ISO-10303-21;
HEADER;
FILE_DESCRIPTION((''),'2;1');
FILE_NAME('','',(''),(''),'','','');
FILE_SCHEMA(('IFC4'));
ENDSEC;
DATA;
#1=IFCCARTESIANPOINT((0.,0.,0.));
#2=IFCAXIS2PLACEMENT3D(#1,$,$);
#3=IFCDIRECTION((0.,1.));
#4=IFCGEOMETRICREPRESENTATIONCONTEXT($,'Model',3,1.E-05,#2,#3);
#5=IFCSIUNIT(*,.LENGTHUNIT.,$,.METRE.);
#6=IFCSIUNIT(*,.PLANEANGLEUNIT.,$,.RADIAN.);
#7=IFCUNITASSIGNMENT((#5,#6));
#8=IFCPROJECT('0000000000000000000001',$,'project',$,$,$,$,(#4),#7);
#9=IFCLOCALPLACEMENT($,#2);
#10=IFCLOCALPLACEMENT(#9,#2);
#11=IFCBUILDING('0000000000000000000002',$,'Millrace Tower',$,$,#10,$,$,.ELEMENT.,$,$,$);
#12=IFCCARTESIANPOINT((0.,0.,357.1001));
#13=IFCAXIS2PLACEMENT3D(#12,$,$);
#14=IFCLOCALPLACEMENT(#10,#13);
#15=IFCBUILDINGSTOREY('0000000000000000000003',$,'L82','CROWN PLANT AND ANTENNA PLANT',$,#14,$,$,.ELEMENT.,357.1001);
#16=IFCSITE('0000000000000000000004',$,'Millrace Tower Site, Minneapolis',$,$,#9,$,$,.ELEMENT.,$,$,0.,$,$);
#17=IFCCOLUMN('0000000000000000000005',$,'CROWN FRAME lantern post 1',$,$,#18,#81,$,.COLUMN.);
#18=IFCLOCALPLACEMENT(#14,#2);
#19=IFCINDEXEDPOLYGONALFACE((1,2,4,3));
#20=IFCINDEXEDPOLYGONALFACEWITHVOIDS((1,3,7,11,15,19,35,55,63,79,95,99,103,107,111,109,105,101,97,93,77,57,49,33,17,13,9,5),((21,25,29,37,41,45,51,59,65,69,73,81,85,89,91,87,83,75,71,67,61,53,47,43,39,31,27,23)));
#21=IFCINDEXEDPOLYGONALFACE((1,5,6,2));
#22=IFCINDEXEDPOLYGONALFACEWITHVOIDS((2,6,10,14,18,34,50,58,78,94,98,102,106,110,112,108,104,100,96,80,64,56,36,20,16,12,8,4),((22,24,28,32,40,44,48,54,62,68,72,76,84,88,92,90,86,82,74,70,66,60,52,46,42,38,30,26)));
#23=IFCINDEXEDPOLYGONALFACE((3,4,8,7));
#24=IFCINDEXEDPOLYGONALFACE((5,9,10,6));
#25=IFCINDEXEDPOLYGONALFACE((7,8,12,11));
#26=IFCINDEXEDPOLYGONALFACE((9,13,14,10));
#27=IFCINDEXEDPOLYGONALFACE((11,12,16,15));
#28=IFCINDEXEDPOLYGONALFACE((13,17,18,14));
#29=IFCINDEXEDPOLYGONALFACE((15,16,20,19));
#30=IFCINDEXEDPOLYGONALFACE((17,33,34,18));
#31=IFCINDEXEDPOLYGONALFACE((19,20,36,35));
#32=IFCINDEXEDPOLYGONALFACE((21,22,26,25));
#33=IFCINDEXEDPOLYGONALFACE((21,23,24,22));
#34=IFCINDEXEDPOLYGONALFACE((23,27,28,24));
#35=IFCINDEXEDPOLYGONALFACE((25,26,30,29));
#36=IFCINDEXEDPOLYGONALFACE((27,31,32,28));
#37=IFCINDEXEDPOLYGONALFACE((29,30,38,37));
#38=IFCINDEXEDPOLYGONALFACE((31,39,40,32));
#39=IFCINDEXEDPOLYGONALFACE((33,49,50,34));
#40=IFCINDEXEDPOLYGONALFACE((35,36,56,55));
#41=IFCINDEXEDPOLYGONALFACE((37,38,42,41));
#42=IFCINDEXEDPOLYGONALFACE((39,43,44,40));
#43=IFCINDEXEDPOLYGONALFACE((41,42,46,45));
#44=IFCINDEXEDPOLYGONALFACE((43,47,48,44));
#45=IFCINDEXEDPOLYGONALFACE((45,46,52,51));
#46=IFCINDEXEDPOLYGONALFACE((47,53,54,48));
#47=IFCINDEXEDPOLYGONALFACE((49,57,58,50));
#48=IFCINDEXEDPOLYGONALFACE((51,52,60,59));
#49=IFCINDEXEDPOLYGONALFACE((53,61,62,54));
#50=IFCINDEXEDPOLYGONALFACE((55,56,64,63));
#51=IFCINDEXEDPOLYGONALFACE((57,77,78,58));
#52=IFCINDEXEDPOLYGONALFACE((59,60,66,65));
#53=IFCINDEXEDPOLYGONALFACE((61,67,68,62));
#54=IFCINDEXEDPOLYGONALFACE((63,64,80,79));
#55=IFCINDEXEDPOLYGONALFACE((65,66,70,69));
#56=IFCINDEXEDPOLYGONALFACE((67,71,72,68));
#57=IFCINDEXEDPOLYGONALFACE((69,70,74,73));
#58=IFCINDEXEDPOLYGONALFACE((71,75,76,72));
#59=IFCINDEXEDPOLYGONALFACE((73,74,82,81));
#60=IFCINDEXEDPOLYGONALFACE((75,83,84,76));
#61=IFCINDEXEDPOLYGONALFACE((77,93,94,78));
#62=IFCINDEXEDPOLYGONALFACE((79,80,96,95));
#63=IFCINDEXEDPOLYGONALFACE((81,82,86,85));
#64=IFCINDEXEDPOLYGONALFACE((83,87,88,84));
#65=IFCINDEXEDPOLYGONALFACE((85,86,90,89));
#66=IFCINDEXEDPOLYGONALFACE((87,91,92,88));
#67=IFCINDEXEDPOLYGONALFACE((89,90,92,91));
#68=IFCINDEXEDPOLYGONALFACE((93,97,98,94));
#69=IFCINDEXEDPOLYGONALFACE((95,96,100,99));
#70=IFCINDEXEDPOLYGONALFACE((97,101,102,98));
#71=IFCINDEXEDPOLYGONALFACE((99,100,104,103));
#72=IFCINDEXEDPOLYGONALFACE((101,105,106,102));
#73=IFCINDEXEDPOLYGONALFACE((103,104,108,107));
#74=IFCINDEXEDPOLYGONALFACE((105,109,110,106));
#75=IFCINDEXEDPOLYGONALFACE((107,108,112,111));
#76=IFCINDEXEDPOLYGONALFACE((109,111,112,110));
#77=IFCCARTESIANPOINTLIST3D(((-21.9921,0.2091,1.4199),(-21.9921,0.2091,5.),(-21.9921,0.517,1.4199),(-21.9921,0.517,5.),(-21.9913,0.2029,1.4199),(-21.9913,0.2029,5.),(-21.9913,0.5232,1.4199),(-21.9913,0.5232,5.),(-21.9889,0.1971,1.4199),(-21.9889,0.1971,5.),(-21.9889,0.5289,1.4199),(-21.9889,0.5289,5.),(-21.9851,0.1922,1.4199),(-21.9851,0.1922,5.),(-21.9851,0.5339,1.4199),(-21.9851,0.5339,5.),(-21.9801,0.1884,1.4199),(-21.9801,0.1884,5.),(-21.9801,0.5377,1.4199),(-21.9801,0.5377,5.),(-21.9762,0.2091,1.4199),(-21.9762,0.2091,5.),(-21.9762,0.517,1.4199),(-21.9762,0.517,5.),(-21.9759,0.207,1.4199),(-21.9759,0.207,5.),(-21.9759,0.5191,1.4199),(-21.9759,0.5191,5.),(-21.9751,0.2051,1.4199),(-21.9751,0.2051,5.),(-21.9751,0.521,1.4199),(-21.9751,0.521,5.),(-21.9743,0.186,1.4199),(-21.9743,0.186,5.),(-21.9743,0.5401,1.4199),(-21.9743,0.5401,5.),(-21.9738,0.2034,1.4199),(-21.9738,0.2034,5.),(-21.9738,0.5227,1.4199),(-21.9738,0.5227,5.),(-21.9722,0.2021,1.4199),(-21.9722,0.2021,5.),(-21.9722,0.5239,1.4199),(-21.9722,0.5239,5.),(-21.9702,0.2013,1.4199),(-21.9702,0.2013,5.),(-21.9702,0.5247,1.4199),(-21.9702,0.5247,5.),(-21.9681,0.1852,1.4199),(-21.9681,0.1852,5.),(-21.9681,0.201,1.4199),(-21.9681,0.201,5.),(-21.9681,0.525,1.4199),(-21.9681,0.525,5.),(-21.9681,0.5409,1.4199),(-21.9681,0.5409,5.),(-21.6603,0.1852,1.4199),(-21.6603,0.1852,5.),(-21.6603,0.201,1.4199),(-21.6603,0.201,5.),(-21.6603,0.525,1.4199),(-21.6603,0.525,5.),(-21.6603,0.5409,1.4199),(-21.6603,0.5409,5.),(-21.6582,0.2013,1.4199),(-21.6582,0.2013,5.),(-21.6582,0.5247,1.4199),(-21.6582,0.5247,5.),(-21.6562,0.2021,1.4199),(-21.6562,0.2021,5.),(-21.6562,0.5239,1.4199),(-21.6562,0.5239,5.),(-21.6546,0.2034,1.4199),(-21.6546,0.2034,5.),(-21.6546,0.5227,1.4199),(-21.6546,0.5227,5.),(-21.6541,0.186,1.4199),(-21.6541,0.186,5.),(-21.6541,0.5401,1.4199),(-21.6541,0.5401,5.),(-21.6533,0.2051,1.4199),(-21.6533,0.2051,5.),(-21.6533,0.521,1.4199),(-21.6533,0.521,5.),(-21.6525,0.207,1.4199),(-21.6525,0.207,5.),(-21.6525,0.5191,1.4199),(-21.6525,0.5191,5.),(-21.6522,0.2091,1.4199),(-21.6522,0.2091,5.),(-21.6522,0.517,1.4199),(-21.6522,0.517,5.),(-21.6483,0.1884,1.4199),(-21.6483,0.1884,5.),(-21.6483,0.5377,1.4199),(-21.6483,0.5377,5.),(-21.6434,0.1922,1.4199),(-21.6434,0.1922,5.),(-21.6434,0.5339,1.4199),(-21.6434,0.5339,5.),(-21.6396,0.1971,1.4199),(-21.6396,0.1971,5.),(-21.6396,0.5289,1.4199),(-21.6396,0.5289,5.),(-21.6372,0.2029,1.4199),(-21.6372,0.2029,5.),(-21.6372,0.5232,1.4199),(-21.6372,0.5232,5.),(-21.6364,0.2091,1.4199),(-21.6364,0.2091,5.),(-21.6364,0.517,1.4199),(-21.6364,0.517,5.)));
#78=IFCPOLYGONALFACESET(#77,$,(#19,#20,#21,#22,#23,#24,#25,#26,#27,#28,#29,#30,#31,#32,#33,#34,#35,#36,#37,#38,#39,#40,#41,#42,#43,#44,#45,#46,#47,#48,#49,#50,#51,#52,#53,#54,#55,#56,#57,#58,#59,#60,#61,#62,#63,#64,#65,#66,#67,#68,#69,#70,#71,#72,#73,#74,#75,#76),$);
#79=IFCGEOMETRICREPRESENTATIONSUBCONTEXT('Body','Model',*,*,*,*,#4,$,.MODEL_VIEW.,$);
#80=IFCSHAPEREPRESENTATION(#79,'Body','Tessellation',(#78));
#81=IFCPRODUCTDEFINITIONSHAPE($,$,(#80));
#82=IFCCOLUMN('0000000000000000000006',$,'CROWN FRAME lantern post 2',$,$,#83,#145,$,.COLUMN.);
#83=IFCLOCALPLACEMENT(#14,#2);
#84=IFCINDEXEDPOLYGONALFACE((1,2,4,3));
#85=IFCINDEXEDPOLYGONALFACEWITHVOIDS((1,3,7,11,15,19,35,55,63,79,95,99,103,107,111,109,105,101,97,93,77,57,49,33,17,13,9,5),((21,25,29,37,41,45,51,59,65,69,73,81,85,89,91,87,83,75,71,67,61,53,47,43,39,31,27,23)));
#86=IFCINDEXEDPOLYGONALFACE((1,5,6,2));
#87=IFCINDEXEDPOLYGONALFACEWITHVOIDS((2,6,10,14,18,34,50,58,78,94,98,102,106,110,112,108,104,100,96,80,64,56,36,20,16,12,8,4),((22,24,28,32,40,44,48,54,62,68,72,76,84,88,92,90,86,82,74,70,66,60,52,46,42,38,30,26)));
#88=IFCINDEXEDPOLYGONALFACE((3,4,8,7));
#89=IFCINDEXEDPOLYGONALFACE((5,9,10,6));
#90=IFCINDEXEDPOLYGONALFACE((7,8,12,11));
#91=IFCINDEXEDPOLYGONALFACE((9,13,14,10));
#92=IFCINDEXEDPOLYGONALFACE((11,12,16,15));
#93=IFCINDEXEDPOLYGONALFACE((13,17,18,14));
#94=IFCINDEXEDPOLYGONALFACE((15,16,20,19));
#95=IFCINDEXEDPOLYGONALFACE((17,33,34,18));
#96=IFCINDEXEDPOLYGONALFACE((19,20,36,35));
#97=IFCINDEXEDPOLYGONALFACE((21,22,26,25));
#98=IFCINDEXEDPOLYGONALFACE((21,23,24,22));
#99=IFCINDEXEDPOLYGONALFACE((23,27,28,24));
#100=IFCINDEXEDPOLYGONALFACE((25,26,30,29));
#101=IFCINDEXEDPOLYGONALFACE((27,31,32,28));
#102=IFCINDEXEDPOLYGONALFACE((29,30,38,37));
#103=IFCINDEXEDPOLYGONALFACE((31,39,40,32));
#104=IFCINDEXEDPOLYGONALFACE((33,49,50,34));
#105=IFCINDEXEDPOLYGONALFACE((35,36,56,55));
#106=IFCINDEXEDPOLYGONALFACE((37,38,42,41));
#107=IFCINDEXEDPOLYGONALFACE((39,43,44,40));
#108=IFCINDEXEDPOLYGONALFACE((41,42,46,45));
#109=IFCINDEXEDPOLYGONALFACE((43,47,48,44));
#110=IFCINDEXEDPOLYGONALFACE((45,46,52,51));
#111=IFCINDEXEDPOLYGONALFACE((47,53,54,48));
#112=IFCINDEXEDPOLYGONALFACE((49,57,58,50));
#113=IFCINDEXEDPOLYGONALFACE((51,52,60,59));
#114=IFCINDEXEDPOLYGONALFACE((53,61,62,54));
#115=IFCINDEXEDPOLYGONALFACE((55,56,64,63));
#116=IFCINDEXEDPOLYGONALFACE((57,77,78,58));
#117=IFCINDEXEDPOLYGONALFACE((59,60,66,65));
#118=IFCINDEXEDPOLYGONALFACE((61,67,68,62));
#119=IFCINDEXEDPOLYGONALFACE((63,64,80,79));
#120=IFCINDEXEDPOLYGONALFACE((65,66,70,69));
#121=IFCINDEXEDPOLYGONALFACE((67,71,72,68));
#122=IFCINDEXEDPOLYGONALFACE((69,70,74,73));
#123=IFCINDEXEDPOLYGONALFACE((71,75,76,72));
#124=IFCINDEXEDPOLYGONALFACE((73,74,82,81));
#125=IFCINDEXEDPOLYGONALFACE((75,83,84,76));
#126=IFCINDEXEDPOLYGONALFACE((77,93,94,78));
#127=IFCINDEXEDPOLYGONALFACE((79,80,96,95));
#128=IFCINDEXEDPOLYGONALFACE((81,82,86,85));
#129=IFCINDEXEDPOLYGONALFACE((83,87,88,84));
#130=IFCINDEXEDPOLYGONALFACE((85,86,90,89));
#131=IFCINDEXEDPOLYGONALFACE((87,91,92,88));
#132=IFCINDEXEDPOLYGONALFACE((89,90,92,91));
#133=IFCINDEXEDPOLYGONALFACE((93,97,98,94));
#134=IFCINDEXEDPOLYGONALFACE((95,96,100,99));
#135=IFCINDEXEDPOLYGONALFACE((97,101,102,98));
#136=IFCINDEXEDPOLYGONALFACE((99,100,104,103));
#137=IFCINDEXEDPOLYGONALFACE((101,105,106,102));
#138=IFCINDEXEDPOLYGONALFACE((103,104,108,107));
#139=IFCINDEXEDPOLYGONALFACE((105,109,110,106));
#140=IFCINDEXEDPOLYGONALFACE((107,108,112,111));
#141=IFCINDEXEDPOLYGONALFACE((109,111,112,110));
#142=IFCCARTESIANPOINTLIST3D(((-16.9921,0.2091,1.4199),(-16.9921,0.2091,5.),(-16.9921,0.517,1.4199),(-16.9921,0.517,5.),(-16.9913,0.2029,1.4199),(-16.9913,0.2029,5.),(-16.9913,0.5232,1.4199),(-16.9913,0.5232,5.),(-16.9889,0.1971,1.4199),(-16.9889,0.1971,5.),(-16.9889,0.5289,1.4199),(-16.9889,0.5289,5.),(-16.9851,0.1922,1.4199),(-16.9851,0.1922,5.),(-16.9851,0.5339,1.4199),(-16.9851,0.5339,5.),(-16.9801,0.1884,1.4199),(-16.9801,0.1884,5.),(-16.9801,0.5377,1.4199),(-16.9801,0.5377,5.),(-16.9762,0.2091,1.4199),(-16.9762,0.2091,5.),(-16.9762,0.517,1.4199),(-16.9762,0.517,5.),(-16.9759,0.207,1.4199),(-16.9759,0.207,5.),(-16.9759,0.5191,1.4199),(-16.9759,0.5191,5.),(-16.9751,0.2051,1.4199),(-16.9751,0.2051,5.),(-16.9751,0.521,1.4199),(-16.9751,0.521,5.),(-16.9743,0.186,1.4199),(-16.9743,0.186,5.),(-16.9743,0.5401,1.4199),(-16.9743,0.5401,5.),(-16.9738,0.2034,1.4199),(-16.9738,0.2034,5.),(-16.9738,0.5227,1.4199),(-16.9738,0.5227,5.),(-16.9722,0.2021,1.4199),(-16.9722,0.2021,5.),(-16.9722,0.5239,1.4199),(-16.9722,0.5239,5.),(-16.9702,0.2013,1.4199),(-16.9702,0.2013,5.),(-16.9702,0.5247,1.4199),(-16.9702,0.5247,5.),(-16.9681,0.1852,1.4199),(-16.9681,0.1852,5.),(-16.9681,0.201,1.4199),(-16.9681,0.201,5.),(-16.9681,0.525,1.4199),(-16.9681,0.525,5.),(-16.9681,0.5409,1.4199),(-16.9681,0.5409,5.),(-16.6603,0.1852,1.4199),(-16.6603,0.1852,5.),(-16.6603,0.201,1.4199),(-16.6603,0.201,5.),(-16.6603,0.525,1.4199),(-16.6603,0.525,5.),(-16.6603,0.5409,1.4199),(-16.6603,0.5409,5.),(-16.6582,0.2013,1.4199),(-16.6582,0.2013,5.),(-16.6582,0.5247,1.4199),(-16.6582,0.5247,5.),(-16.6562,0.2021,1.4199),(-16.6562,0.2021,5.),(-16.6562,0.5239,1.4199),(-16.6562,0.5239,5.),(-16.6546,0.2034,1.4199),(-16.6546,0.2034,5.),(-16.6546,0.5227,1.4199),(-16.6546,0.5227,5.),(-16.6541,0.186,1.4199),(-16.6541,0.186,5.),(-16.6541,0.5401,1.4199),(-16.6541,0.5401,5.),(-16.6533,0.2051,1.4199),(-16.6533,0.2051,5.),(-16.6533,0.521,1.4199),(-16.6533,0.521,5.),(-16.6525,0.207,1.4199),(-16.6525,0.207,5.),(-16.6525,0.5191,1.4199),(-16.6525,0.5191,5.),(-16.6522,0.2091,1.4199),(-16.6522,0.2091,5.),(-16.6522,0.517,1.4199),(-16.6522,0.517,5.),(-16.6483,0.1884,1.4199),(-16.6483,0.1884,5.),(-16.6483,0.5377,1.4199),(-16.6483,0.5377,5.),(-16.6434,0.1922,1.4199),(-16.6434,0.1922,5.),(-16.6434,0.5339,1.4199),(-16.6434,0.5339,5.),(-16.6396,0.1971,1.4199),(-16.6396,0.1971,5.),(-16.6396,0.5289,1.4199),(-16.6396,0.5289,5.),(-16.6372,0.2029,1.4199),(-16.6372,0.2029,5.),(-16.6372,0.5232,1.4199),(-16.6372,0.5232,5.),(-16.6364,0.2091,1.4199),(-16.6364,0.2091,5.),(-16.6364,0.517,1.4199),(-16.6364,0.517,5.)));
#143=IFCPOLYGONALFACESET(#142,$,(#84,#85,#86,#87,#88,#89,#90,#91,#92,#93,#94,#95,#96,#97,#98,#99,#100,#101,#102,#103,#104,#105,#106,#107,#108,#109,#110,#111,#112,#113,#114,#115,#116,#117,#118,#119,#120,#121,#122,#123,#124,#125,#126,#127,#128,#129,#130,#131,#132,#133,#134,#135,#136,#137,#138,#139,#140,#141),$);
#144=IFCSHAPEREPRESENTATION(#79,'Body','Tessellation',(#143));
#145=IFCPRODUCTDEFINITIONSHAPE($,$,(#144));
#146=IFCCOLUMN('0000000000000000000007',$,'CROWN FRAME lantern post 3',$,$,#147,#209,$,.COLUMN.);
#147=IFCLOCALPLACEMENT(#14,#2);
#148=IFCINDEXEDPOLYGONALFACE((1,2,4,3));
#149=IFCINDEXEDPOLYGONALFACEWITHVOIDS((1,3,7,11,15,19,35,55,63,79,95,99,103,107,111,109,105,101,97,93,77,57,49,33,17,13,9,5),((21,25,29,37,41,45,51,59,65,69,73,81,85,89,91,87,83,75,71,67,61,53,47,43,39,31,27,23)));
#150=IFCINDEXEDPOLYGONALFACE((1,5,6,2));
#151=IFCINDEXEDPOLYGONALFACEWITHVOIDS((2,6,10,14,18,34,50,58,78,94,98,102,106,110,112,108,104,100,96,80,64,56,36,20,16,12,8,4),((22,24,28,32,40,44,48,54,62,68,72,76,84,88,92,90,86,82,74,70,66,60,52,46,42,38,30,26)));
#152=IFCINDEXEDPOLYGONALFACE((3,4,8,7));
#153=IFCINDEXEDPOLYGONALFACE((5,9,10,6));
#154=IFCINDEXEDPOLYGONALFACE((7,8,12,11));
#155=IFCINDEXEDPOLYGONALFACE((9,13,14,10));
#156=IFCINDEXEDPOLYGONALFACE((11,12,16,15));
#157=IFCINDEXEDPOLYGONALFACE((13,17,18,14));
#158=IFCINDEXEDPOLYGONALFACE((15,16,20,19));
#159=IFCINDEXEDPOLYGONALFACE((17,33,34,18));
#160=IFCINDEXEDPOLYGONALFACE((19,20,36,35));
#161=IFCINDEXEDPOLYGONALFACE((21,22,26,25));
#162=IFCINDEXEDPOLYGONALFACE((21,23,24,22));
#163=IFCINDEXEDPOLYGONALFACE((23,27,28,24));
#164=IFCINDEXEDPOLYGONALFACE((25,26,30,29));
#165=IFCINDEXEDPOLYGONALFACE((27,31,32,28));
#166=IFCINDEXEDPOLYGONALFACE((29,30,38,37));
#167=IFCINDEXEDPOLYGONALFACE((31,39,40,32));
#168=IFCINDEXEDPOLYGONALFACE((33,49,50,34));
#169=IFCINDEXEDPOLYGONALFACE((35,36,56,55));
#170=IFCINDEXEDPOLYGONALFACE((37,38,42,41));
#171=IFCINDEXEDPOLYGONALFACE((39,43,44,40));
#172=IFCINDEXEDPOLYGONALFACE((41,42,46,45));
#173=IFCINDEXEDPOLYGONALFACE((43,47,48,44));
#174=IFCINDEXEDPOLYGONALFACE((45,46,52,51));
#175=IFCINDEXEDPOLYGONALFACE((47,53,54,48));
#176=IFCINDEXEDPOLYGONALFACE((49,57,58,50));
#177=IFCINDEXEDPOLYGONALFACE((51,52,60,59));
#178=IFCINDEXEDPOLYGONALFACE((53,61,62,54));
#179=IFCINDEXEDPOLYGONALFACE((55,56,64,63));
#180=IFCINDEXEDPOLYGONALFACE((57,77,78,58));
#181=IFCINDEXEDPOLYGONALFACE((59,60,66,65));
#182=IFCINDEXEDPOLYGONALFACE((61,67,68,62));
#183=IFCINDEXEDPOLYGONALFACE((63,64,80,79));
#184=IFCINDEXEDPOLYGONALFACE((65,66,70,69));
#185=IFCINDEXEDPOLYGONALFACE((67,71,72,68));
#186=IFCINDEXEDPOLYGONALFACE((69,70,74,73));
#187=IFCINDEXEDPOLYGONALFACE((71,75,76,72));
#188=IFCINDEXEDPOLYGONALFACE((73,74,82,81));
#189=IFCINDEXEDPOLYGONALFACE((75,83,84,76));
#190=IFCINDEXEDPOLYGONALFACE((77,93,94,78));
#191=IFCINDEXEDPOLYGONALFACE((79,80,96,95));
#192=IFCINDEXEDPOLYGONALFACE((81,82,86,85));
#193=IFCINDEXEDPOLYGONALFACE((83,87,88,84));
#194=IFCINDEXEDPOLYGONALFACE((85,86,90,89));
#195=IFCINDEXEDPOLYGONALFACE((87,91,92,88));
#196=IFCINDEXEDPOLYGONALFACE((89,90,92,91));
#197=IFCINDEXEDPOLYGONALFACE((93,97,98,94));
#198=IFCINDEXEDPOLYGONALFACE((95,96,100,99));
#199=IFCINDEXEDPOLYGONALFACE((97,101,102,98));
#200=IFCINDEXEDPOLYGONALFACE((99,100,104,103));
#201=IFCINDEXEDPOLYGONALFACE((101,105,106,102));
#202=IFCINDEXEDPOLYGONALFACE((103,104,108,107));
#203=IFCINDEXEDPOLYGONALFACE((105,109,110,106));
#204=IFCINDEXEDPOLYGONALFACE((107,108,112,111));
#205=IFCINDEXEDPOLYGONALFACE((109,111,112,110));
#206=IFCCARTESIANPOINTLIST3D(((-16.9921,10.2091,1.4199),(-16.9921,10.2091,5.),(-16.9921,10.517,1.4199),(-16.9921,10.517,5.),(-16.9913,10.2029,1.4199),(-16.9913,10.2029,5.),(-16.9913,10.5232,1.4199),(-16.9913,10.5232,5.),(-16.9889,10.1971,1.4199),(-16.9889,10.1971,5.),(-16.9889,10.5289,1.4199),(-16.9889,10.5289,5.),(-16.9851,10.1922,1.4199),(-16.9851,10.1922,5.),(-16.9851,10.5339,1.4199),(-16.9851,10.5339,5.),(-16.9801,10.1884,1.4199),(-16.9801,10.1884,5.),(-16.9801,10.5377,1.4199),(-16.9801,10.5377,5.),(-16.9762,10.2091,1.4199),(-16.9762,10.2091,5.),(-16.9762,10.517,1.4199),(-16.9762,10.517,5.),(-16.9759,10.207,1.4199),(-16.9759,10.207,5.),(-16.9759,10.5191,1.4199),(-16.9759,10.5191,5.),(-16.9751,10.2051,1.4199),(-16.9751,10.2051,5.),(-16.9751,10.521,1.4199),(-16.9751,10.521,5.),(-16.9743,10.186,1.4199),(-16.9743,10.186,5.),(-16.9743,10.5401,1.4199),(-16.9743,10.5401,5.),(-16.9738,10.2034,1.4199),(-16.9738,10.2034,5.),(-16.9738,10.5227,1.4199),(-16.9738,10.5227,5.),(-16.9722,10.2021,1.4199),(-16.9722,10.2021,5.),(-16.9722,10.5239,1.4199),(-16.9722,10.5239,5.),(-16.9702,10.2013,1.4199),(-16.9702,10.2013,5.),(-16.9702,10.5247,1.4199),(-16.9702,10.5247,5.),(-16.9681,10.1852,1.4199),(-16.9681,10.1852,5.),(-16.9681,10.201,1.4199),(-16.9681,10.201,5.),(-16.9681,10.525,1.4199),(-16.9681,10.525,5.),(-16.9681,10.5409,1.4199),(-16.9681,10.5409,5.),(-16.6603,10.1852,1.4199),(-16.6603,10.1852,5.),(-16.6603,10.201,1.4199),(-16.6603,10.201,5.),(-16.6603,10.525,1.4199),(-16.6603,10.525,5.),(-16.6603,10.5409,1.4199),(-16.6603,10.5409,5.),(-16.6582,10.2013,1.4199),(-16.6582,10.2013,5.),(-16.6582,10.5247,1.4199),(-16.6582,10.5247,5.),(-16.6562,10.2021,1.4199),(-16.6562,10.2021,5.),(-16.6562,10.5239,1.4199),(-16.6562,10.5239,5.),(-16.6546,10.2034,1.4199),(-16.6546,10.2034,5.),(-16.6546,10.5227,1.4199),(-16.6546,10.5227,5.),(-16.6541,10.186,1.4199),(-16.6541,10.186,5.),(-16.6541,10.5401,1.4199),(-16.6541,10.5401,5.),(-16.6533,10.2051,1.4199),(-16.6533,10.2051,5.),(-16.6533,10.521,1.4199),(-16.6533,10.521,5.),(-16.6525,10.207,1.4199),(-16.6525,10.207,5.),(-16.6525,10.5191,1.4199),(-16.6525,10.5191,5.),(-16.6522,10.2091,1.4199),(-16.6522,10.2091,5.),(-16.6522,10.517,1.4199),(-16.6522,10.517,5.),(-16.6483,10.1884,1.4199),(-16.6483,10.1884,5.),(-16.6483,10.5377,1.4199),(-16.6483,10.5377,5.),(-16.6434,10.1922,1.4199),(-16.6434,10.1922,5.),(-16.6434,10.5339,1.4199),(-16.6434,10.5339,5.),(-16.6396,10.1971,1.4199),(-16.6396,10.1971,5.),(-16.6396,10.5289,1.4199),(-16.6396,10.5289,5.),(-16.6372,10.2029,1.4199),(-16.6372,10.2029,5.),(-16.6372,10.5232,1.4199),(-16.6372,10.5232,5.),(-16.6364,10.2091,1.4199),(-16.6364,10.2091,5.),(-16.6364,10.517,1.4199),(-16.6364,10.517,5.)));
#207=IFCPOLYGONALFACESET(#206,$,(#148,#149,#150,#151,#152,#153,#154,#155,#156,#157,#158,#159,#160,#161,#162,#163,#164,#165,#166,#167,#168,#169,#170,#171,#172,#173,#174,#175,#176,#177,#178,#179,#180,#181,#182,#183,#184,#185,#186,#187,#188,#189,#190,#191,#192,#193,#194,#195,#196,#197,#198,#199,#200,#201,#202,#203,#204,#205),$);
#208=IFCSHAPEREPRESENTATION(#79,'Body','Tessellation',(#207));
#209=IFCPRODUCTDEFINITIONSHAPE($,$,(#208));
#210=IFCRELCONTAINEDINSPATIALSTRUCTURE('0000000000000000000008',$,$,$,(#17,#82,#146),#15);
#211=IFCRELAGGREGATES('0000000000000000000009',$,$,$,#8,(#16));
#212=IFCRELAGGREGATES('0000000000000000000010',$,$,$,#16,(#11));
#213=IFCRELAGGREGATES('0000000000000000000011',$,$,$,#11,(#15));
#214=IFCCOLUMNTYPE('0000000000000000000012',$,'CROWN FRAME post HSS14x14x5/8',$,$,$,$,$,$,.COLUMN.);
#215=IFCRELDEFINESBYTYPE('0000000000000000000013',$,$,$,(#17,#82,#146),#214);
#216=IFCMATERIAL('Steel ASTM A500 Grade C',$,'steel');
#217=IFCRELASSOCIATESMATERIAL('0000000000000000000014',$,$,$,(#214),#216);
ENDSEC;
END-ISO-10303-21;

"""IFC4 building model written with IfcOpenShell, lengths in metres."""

from ifc_helpers import new_model, si_unit, direction, frame, origin, origin_2d, place, context, subcontext, project, spatial, hollow_rectangle, extrude, material, material_profile, profile_set, type_object, element, save


model = new_model("IFC4")

# Units and contexts
model_context = context("Model", 3, precision=1e-05, world=origin(), true_north=direction((0.0, 1.0)))
body_context = subcontext(model_context, "Body", "Model", "MODEL_VIEW")
ifc_project = project(units=[si_unit("LENGTHUNIT", "METRE"), si_unit("PLANEANGLEUNIT", "RADIAN")], contexts=[model_context])

# Site, building, storey
site_placement = place(None, origin())
site = spatial("IfcSite", under=ifc_project, at=site_placement, Name="Millrace Tower Site, Minneapolis", CompositionType="ELEMENT", RefElevation=0.0)
building_placement = place(site_placement, origin())
building = spatial("IfcBuilding", under=site, at=building_placement, Name="Millrace Tower", CompositionType="ELEMENT")
storey_placement = place(building_placement, frame((0.0, 0.0, 357.1001)))
storey = spatial("IfcBuildingStorey", under=building, at=storey_placement, Name="L82", Description="CROWN PLANT AND ANTENNA PLANT", CompositionType="ELEMENT", Elevation=357.1001)

# Columns
ifc_material_1 = material(Name="Steel ASTM A500 Grade C", Category="steel")
ifc_material_profile_1 = material_profile(ifc_material_1, hollow_rectangle(XDim=0.3557, YDim=0.3557, WallThickness=0.0159, InnerFilletRadius=0.0081, OuterFilletRadius=0.0239, at=origin_2d()))
ifc_profile_set_1 = profile_set([ifc_material_profile_1], Name="Steel ASTM A500 Grade C")
column_type = type_object("IfcColumnType", Name="CROWN FRAME post HSS14x14x5/8", PredefinedType="COLUMN", material=ifc_profile_set_1)
for number, where, z_axis, x_axis, name in (
    (1, (-21.8142, 0.363, 1.4199), (0.0, 0.0, 1.0), (1.0, 0.0, 0.0), "CROWN FRAME lantern post 1"),
    (2, (-16.8142, 0.363, 1.4199), (0.0, 0.0, 1.0), (1.0, 0.0, 0.0), "CROWN FRAME lantern post 2"),
    (3, (-16.8142, 10.363, 1.4199), (0.0, 0.0, 1.0), (1.0, 0.0, 0.0), "CROWN FRAME lantern post 3"),
):
    element("IfcColumn", number, at=place(storey_placement, frame(where, z_axis=z_axis, x_axis=x_axis)), inside=storey, type_object=column_type, Name=name, PredefinedType="COLUMN", context=body_context, shape_type="SweptSolid", body=[
        extrude(hollow_rectangle(XDim=0.3557, YDim=0.3557, WallThickness=0.0159, InnerFilletRadius=0.0081, OuterFilletRadius=0.0239, at=origin_2d()), origin(), (0.0, 0.0, 1.0), 3.5801),
    ])

save(model, "model.ifc")
